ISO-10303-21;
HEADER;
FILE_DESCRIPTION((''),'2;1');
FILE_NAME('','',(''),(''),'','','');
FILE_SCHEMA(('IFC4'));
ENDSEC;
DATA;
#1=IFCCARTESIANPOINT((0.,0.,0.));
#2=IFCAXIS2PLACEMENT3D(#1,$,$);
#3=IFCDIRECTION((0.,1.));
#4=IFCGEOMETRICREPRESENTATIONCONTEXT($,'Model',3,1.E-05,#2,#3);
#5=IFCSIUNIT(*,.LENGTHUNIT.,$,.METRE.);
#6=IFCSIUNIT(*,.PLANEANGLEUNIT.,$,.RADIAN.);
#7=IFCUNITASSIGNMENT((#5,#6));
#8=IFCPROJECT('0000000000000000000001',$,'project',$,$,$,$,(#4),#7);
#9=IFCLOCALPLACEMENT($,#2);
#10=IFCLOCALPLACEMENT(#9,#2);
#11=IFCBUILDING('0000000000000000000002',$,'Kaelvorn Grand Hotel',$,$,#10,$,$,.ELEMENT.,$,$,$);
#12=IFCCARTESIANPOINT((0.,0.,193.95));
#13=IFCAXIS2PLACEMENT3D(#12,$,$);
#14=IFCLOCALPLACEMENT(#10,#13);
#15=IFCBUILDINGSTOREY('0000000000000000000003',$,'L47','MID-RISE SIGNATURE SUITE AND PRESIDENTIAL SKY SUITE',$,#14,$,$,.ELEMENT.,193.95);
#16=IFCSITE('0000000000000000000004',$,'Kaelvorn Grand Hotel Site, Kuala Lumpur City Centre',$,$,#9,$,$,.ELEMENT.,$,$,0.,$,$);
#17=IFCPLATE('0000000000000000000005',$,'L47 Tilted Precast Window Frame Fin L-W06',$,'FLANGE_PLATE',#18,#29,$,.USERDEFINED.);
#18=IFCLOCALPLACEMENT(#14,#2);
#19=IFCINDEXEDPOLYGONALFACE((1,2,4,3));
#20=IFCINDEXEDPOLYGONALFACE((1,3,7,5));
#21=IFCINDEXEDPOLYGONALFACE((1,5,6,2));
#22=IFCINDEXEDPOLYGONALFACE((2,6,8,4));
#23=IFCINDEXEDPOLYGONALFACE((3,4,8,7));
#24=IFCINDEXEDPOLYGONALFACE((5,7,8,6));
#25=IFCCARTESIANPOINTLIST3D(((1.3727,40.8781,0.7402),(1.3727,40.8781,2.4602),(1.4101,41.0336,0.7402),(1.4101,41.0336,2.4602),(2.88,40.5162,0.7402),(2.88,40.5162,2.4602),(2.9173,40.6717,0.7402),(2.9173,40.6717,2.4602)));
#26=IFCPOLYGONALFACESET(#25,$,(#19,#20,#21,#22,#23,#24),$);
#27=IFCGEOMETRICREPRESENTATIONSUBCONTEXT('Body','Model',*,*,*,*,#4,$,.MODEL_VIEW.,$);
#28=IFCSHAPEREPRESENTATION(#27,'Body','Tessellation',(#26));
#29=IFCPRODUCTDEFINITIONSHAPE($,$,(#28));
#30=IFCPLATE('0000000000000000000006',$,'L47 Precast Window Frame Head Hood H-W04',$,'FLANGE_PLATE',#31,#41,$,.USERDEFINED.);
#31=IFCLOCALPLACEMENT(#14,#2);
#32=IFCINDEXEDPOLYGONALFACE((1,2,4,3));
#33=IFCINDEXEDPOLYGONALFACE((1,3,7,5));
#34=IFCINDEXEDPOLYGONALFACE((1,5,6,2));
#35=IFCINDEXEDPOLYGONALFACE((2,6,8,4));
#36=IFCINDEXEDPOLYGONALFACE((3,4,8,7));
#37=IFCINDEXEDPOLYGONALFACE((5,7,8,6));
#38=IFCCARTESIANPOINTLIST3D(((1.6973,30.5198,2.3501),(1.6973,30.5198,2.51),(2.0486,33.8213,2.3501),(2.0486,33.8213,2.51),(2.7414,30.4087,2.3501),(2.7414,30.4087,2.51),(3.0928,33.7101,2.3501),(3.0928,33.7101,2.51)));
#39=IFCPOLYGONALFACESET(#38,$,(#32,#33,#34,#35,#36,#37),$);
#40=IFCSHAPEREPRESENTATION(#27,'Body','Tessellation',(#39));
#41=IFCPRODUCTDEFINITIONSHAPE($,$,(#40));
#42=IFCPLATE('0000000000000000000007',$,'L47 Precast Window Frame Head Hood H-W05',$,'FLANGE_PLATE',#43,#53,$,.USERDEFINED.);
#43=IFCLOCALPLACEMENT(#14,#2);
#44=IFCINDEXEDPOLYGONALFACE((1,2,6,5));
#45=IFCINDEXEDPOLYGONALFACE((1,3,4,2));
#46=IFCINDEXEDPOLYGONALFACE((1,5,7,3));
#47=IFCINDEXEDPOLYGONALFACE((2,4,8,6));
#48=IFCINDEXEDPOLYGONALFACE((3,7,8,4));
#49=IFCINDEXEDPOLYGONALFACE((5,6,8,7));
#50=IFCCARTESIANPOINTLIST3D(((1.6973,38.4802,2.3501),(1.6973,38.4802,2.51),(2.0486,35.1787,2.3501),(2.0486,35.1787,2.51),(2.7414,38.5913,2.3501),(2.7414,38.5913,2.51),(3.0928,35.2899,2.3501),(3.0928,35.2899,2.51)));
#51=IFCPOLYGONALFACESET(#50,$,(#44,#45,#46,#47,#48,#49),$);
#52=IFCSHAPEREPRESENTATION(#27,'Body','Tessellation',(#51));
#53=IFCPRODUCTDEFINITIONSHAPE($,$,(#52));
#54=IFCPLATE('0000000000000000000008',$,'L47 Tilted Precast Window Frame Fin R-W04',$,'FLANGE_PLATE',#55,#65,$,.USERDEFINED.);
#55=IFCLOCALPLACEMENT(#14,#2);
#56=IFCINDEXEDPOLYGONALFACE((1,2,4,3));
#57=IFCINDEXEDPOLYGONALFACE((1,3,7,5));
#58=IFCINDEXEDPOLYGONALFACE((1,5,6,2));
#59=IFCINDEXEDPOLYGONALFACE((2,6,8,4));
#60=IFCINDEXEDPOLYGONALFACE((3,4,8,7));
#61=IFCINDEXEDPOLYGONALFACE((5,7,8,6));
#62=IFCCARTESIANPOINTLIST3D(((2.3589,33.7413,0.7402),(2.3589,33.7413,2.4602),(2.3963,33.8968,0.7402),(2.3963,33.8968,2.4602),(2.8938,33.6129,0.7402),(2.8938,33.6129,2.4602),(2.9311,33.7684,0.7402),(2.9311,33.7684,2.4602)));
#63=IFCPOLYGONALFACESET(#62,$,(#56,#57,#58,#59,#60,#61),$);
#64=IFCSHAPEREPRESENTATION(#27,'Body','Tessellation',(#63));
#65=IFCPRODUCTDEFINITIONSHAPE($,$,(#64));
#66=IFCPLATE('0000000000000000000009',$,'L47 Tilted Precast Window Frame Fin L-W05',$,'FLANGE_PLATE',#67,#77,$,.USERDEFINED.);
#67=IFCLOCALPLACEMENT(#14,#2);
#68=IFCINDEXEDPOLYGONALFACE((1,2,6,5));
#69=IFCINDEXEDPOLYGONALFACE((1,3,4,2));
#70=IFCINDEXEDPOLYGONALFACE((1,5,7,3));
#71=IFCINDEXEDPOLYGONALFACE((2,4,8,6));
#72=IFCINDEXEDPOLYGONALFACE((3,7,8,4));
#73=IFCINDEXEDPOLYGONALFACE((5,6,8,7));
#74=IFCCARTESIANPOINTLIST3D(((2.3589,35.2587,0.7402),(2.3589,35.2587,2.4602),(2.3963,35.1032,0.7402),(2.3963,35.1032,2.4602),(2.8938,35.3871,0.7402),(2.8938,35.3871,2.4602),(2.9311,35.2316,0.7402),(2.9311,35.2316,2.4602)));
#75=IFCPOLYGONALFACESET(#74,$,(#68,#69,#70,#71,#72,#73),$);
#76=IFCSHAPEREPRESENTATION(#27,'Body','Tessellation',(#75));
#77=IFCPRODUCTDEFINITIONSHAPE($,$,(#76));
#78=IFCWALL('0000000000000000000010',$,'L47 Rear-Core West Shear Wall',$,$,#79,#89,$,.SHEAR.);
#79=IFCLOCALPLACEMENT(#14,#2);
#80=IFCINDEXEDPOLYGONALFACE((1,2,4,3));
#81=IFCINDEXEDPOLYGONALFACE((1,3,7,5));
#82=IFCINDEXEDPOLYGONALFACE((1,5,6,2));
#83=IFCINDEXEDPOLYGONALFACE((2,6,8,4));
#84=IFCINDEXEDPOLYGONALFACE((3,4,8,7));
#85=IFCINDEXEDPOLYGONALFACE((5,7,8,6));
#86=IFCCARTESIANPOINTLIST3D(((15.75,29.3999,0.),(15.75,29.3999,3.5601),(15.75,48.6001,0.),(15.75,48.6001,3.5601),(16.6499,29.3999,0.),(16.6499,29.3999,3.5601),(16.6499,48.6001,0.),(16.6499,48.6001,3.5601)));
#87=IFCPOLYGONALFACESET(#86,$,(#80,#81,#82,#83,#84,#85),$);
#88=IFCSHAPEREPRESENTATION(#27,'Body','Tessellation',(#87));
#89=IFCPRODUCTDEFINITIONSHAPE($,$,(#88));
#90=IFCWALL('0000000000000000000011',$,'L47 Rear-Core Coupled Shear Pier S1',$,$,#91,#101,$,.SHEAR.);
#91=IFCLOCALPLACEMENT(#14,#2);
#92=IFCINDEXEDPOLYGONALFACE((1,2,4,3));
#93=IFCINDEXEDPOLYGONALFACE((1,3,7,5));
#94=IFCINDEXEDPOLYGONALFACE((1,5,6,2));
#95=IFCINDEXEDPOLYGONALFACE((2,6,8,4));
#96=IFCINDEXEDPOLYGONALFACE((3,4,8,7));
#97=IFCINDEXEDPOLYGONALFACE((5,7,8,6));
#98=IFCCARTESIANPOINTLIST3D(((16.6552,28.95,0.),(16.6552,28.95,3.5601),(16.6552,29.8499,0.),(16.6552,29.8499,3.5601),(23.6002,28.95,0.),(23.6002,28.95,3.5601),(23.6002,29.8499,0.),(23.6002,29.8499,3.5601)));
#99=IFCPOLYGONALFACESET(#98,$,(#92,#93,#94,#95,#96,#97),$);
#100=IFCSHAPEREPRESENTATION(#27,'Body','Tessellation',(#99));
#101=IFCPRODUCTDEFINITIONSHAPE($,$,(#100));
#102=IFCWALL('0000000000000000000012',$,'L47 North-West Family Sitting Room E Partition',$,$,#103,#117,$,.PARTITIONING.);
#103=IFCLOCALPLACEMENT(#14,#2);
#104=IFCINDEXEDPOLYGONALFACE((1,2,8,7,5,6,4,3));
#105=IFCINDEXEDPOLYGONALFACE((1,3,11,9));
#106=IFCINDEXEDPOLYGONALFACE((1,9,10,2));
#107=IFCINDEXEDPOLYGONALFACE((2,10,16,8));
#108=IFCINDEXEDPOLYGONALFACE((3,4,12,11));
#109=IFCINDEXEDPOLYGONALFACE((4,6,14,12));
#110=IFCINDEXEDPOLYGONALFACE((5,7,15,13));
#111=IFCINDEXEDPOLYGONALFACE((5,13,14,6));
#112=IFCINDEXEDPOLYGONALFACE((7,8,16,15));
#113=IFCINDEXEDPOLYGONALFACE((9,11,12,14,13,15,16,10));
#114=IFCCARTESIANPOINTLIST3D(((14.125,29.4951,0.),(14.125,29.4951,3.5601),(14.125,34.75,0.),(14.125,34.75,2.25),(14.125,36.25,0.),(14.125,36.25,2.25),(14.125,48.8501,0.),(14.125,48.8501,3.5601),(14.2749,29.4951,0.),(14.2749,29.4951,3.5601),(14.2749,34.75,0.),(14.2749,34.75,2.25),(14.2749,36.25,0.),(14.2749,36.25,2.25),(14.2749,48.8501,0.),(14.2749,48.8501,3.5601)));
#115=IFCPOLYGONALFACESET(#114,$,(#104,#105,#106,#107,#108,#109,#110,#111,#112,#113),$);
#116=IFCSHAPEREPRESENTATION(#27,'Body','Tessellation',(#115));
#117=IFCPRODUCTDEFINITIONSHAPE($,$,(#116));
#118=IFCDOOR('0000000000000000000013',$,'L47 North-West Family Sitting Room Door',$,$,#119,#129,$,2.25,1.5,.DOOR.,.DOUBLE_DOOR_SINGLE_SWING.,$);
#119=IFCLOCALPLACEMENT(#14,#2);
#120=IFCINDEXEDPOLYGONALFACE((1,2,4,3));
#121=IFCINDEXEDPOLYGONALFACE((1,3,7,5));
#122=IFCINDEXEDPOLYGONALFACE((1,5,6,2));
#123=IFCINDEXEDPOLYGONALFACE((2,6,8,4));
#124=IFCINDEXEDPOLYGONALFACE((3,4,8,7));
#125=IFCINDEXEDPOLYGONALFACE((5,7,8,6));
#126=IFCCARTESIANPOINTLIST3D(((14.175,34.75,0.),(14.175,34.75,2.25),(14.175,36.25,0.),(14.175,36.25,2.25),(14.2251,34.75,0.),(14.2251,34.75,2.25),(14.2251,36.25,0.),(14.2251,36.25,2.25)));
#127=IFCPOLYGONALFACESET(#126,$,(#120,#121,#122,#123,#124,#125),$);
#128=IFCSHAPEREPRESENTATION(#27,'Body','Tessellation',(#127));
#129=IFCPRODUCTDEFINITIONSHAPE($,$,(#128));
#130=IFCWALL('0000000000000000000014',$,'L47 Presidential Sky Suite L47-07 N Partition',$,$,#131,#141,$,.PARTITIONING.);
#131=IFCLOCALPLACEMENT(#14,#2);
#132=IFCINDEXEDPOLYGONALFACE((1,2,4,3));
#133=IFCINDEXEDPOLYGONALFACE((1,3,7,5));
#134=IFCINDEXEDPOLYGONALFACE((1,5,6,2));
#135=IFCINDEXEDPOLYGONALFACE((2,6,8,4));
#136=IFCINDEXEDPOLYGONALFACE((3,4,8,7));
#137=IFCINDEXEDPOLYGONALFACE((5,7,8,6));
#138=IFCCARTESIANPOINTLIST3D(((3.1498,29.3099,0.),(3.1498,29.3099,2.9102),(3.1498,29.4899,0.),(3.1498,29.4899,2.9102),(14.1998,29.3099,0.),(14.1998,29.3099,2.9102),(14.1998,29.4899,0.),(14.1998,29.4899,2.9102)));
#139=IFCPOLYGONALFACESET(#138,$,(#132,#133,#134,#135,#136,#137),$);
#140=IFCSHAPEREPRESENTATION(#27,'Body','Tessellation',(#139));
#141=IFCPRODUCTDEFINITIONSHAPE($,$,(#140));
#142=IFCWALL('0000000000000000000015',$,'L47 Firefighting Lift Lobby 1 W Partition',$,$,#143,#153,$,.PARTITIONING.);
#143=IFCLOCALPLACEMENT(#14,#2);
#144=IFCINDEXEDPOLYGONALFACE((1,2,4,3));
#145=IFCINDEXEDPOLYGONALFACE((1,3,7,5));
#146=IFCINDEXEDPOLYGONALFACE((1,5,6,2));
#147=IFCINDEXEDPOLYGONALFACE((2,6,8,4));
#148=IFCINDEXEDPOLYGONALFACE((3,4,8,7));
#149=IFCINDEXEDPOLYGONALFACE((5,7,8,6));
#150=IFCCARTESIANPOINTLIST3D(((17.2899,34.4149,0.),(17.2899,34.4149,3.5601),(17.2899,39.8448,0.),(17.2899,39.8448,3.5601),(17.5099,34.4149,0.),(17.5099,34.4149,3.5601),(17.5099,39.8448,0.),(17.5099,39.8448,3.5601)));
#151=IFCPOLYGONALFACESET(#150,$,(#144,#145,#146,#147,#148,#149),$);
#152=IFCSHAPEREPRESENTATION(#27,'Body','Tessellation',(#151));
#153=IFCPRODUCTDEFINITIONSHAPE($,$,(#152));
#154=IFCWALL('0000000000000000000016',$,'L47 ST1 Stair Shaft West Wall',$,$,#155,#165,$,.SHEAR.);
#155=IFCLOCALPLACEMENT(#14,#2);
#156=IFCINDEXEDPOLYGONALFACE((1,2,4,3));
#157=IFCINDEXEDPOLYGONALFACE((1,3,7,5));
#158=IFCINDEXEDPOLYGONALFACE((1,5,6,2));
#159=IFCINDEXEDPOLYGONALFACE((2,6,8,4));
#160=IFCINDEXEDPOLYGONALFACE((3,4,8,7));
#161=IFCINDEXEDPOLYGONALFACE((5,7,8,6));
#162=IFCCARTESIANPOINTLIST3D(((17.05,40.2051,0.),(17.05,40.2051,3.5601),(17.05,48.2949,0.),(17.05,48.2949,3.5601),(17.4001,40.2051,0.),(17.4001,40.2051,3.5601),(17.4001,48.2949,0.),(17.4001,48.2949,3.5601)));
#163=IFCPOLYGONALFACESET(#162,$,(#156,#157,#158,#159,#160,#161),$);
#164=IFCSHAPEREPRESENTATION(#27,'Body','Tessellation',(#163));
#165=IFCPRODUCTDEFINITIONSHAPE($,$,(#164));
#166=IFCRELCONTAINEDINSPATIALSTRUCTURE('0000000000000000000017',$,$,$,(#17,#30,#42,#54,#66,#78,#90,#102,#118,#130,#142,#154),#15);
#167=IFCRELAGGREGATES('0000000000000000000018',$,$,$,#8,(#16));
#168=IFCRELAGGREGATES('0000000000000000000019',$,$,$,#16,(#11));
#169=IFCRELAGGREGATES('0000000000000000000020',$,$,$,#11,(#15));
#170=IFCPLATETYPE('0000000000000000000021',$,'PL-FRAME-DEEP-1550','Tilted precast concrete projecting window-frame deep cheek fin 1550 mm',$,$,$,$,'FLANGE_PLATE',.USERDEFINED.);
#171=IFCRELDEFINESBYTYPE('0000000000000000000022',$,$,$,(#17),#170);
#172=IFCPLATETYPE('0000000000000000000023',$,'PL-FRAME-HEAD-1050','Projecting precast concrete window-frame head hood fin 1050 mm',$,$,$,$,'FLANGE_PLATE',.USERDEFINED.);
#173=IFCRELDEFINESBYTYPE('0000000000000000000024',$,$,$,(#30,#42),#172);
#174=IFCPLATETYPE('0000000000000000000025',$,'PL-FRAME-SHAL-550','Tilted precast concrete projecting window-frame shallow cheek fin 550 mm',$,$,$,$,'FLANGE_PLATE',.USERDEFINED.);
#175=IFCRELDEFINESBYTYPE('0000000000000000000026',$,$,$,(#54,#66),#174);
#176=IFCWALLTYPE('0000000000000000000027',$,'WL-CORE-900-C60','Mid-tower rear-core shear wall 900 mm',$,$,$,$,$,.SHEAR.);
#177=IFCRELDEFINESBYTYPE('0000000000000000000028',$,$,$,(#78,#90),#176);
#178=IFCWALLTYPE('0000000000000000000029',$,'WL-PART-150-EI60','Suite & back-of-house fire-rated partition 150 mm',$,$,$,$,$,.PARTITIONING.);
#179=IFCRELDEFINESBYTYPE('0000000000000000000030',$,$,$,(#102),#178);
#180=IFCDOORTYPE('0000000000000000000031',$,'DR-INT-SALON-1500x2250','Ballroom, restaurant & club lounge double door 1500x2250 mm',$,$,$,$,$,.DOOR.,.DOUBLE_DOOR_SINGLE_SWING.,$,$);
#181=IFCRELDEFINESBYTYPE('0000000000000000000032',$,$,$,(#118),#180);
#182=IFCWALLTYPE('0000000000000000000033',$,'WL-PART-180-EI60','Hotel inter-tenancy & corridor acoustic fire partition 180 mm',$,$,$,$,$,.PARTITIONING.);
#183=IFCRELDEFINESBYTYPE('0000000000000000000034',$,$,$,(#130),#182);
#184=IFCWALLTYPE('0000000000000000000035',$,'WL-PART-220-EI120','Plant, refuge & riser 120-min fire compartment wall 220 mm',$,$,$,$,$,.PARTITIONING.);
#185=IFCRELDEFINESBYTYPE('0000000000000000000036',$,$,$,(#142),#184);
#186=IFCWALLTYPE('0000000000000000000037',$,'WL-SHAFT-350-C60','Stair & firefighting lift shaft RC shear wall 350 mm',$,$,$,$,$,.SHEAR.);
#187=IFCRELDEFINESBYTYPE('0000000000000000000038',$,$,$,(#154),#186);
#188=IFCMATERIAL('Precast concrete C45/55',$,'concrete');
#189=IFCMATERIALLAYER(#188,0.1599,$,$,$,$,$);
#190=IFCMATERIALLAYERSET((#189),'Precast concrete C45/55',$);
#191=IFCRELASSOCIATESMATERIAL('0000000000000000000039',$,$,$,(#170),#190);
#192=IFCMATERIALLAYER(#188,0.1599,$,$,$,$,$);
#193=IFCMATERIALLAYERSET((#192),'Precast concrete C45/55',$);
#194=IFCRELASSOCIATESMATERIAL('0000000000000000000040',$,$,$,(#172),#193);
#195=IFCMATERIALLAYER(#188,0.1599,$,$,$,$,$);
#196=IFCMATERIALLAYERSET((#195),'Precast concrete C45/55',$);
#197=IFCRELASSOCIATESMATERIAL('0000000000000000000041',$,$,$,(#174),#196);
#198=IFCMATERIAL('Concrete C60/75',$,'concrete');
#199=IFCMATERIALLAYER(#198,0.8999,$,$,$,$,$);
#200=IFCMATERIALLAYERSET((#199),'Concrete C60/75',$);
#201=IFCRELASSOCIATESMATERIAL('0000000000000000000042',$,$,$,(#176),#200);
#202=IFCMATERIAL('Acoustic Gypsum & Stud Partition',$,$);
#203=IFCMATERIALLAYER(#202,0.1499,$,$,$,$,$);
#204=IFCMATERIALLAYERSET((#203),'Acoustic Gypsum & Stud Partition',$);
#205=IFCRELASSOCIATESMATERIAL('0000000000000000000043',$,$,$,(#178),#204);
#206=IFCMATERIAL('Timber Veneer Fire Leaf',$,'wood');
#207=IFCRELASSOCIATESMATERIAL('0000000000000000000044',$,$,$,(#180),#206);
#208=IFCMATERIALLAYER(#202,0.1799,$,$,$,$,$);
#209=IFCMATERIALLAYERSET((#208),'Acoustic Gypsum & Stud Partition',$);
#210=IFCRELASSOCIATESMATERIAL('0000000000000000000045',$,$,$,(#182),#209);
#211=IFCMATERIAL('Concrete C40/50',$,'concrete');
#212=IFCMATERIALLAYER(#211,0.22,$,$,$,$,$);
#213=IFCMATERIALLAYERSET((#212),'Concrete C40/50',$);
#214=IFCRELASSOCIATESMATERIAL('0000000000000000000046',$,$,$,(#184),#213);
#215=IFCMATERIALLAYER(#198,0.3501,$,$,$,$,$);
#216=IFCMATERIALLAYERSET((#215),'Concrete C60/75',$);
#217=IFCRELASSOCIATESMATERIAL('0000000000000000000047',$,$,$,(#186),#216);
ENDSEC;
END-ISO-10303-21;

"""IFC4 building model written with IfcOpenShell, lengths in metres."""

from ifc_helpers import new_model, si_unit, direction, frame, frame_2d, origin, origin_2d, place, context, subcontext, project, spatial, rectangle, extrude, material, layer, layer_set, type_object, element, fill, save


model = new_model("IFC4")

# Units and contexts
model_context = context("Model", 3, precision=1e-05, world=origin(), true_north=direction((0.0, 1.0)))
body_context = subcontext(model_context, "Body", "Model", "MODEL_VIEW")
ifc_project = project(units=[si_unit("LENGTHUNIT", "METRE"), si_unit("PLANEANGLEUNIT", "RADIAN")], contexts=[model_context])

# Site, building, storey
site_placement = place(None, origin())
site = spatial("IfcSite", under=ifc_project, at=site_placement, Name="Kaelvorn Grand Hotel Site, Kuala Lumpur City Centre", CompositionType="ELEMENT", RefElevation=0.0)
building_placement = place(site_placement, origin())
building = spatial("IfcBuilding", under=site, at=building_placement, Name="Kaelvorn Grand Hotel", CompositionType="ELEMENT")
storey_placement = place(building_placement, frame((0.0, 0.0, 193.95)))
storey = spatial("IfcBuildingStorey", under=building, at=storey_placement, Name="L47", Description="MID-RISE SIGNATURE SUITE AND PRESIDENTIAL SKY SUITE", CompositionType="ELEMENT", Elevation=193.95)

# Shared definitions
ifc_material_1 = material(Name="Concrete C60/75", Category="concrete")

# Plates
ifc_material_2 = material(Name="Precast concrete C45/55", Category="concrete")
ifc_layer_1 = layer(ifc_material_2, 0.1599)
ifc_layer_set_1 = layer_set([ifc_layer_1], Name="Precast concrete C45/55")
plate_type_1 = type_object("IfcPlateType", Name="PL-FRAME-DEEP-1550", Description="Tilted precast concrete projecting window-frame deep cheek fin 1550 mm", ElementType="FLANGE_PLATE", PredefinedType="USERDEFINED", material=ifc_layer_set_1)
for number, where, z_axis, x_axis, name in (
    (1, (2.145, 40.7749, 0.7402), (0.0, 0.0, 1.0), (0.233445, 0.97237, 0.0), "L47 Tilted Precast Window Frame Fin L-W06"),
):
    element("IfcPlate", number, at=place(storey_placement, frame(where, z_axis=z_axis, x_axis=x_axis)), inside=storey, type_object=plate_type_1, Name=name, ObjectType="FLANGE_PLATE", PredefinedType="USERDEFINED", context=body_context, shape_type="SweptSolid", body=[
        extrude(rectangle(XDim=0.1599, YDim=1.55, at=origin_2d()), origin(), (0.0, 0.0, 1.0), 1.72),
    ])
ifc_layer_2 = layer(ifc_material_2, 0.1599)
ifc_layer_set_2 = layer_set([ifc_layer_2], Name="Precast concrete C45/55")
plate_type_2 = type_object("IfcPlateType", Name="PL-FRAME-HEAD-1050", Description="Projecting precast concrete window-frame head hood fin 1050 mm", ElementType="FLANGE_PLATE", PredefinedType="USERDEFINED", material=ifc_layer_set_2)
for number, where, z_axis, x_axis, name in (
    (2, (2.395, 32.115, 2.3501), (0.0, 0.0, 1.0), (0.10583, 0.994384, 0.0), "L47 Precast Window Frame Head Hood H-W04"),
    (3, (2.395, 36.885, 2.3501), (0.0, 0.0, 1.0), (-0.10583, 0.994384, 0.0), "L47 Precast Window Frame Head Hood H-W05"),
):
    element("IfcPlate", number, at=place(storey_placement, frame(where, z_axis=z_axis, x_axis=x_axis)), inside=storey, type_object=plate_type_2, Name=name, ObjectType="FLANGE_PLATE", PredefinedType="USERDEFINED", context=body_context, shape_type="SweptSolid", body=[
        extrude(rectangle(XDim=3.3201, YDim=1.05, at=origin_2d()), origin(), (0.0, 0.0, 1.0), 0.1599),
    ])
ifc_layer_3 = layer(ifc_material_2, 0.1599)
ifc_layer_set_3 = layer_set([ifc_layer_3], Name="Precast concrete C45/55")
plate_type_3 = type_object("IfcPlateType", Name="PL-FRAME-SHAL-550", Description="Tilted precast concrete projecting window-frame shallow cheek fin 550 mm", ElementType="FLANGE_PLATE", PredefinedType="USERDEFINED", material=ifc_layer_set_3)
for number, where, z_axis, x_axis, name in (
    (4, (2.645, 33.7549, 0.7402), (0.0, 0.0, 1.0), (0.233445, 0.97237, 0.0), "L47 Tilted Precast Window Frame Fin R-W04"),
    (5, (2.645, 35.2451, 0.7402), (0.0, 0.0, 1.0), (-0.233445, 0.97237, 0.0), "L47 Tilted Precast Window Frame Fin L-W05"),
):
    element("IfcPlate", number, at=place(storey_placement, frame(where, z_axis=z_axis, x_axis=x_axis)), inside=storey, type_object=plate_type_3, Name=name, ObjectType="FLANGE_PLATE", PredefinedType="USERDEFINED", context=body_context, shape_type="SweptSolid", body=[
        extrude(rectangle(XDim=0.1599, YDim=0.55, at=origin_2d()), origin(), (0.0, 0.0, 1.0), 1.72),
    ])

# Walls
ifc_layer_4 = layer(ifc_material_1, 0.8999)
ifc_layer_set_4 = layer_set([ifc_layer_4], Name="Concrete C60/75")
wall_type_1 = type_object("IfcWallType", Name="WL-CORE-900-C60", Description="Mid-tower rear-core shear wall 900 mm", PredefinedType="SHEAR", material=ifc_layer_set_4)
wall_1_placement = place(storey_placement, frame((16.2, 29.3999, 0.0), z_axis=(0.0, 0.0, 1.0), x_axis=(0.0, 1.0, 0.0)))
element("IfcWall", 6, at=wall_1_placement, inside=storey, type_object=wall_type_1, Name="L47 Rear-Core West Shear Wall", PredefinedType="SHEAR", context=body_context, shape_type="SweptSolid", body=[
    extrude(rectangle(XDim=19.2002, YDim=0.8999, at=frame_2d((9.6001, 0.0))), origin(), (0.0, 0.0, 1.0), 3.5601),
])
wall_2_placement = place(storey_placement, frame((16.655, 29.3999, 0.0), z_axis=(0.0, 0.0, 1.0), x_axis=(1.0, 0.0, 0.0)))
element("IfcWall", 7, at=wall_2_placement, inside=storey, type_object=wall_type_1, Name="L47 Rear-Core Coupled Shear Pier S1", PredefinedType="SHEAR", context=body_context, shape_type="SweptSolid", body=[
    extrude(rectangle(XDim=6.9451, YDim=0.8999, at=frame_2d((3.4727, 0.0))), origin(), (0.0, 0.0, 1.0), 3.5601),
])

# Wall, opening, door
ifc_material_3 = material(Name="Acoustic Gypsum & Stud Partition")
ifc_layer_5 = layer(ifc_material_3, 0.1499)
ifc_layer_set_5 = layer_set([ifc_layer_5], Name="Acoustic Gypsum & Stud Partition")
wall_type_2 = type_object("IfcWallType", Name="WL-PART-150-EI60", Description="Suite & back-of-house fire-rated partition 150 mm", PredefinedType="PARTITIONING", material=ifc_layer_set_5)
wall_3_placement = place(storey_placement, frame((14.2, 29.4951, 0.0), z_axis=(0.0, 0.0, 1.0), x_axis=(0.0, 1.0, 0.0)))
wall_3 = element("IfcWall", 8, at=wall_3_placement, inside=storey, type_object=wall_type_2, Name="L47 North-West Family Sitting Room E Partition", PredefinedType="PARTITIONING", context=body_context, shape_type="SweptSolid", body=[
    extrude(rectangle(XDim=19.355, YDim=0.1499, at=frame_2d((9.6775, 0.0))), origin(), (0.0, 0.0, 1.0), 3.5601),
])
opening_1_placement = place(wall_3_placement, frame((5.2549, 0.0, 0.0)))
opening_1 = element("IfcOpeningElement", 9, at=opening_1_placement, cuts=wall_3, PredefinedType="OPENING", context=body_context, shape_type="SweptSolid", body=[
    extrude(rectangle(XDim=1.5, YDim=2.25, at=frame_2d((0.75, 1.125))), frame((0.0, 0.085, 0.0), z_axis=(0.0, -1.0, 0.0), x_axis=(1.0, 0.0, 0.0)), (0.0, 0.0, 1.0), 0.1699),
])
ifc_material_4 = material(Name="Timber Veneer Fire Leaf", Category="wood")
door_type_1 = type_object("IfcDoorType", Name="DR-INT-SALON-1500x2250", Description="Ballroom, restaurant & club lounge double door 1500x2250 mm", OperationType="DOUBLE_DOOR_SINGLE_SWING", PredefinedType="DOOR", material=ifc_material_4)
door_1_placement = place(opening_1_placement, origin())
door_1 = element("IfcDoor", 10, at=door_1_placement, inside=storey, type_object=door_type_1, Name="L47 North-West Family Sitting Room Door", OperationType="DOUBLE_DOOR_SINGLE_SWING", OverallHeight=2.25, OverallWidth=1.5, PredefinedType="DOOR", context=body_context, shape_type="SweptSolid", body=[
    extrude(rectangle(XDim=1.5, YDim=2.25, at=frame_2d((0.75, 1.125))), frame((0.0, 0.0249, 0.0), z_axis=(0.0, -1.0, 0.0), x_axis=(1.0, 0.0, 0.0)), (0.0, 0.0, 1.0), 0.05),
])
fill(opening_1, door_1)

# Wall
ifc_layer_6 = layer(ifc_material_3, 0.1799)
ifc_layer_set_6 = layer_set([ifc_layer_6], Name="Acoustic Gypsum & Stud Partition")
wall_type_3 = type_object("IfcWallType", Name="WL-PART-180-EI60", Description="Hotel inter-tenancy & corridor acoustic fire partition 180 mm", PredefinedType="PARTITIONING", material=ifc_layer_set_6)
wall_4_placement = place(storey_placement, frame((3.1499, 29.3999, 0.0), z_axis=(0.0, 0.0, 1.0), x_axis=(1.0, 0.0, 0.0)))
element("IfcWall", 11, at=wall_4_placement, inside=storey, type_object=wall_type_3, Name="L47 Presidential Sky Suite L47-07 N Partition", PredefinedType="PARTITIONING", context=body_context, shape_type="SweptSolid", body=[
    extrude(rectangle(XDim=11.05, YDim=0.1799, at=frame_2d((5.5249, 0.0))), origin(), (0.0, 0.0, 1.0), 2.9102),
])

# Shared definitions
ifc_material_5 = material(Name="Concrete C40/50", Category="concrete")
ifc_layer_7 = layer(ifc_material_5, 0.22)
ifc_layer_set_7 = layer_set([ifc_layer_7], Name="Concrete C40/50")
wall_type_4 = type_object("IfcWallType", Name="WL-PART-220-EI120", Description="Plant, refuge & riser 120-min fire compartment wall 220 mm", PredefinedType="PARTITIONING", material=ifc_layer_set_7)

# Wall
wall_5_placement = place(storey_placement, frame((17.3999, 34.415, 0.0), z_axis=(0.0, 0.0, 1.0), x_axis=(0.0, 1.0, 0.0)))
element("IfcWall", 12, at=wall_5_placement, inside=storey, type_object=wall_type_4, Name="L47 Firefighting Lift Lobby 1 W Partition", PredefinedType="PARTITIONING", context=body_context, shape_type="SweptSolid", body=[
    extrude(rectangle(XDim=5.4299, YDim=0.22, at=frame_2d((2.7148, 0.0))), origin(), (0.0, 0.0, 1.0), 3.5601),
])

# Shared definitions
ifc_layer_8 = layer(ifc_material_1, 0.3501)
ifc_layer_set_8 = layer_set([ifc_layer_8], Name="Concrete C60/75")
wall_type_5 = type_object("IfcWallType", Name="WL-SHAFT-350-C60", Description="Stair & firefighting lift shaft RC shear wall 350 mm", PredefinedType="SHEAR", material=ifc_layer_set_8)

# Wall
wall_6_placement = place(storey_placement, frame((17.2251, 40.2051, 0.0), z_axis=(0.0, 0.0, 1.0), x_axis=(0.0, 1.0, 0.0)))
element("IfcWall", 13, at=wall_6_placement, inside=storey, type_object=wall_type_5, Name="L47 ST1 Stair Shaft West Wall", PredefinedType="SHEAR", context=body_context, shape_type="SweptSolid", body=[
    extrude(rectangle(XDim=8.0898, YDim=0.3501, at=frame_2d((4.0449, 0.0))), origin(), (0.0, 0.0, 1.0), 3.5601),
])

save(model, "model.ifc")
